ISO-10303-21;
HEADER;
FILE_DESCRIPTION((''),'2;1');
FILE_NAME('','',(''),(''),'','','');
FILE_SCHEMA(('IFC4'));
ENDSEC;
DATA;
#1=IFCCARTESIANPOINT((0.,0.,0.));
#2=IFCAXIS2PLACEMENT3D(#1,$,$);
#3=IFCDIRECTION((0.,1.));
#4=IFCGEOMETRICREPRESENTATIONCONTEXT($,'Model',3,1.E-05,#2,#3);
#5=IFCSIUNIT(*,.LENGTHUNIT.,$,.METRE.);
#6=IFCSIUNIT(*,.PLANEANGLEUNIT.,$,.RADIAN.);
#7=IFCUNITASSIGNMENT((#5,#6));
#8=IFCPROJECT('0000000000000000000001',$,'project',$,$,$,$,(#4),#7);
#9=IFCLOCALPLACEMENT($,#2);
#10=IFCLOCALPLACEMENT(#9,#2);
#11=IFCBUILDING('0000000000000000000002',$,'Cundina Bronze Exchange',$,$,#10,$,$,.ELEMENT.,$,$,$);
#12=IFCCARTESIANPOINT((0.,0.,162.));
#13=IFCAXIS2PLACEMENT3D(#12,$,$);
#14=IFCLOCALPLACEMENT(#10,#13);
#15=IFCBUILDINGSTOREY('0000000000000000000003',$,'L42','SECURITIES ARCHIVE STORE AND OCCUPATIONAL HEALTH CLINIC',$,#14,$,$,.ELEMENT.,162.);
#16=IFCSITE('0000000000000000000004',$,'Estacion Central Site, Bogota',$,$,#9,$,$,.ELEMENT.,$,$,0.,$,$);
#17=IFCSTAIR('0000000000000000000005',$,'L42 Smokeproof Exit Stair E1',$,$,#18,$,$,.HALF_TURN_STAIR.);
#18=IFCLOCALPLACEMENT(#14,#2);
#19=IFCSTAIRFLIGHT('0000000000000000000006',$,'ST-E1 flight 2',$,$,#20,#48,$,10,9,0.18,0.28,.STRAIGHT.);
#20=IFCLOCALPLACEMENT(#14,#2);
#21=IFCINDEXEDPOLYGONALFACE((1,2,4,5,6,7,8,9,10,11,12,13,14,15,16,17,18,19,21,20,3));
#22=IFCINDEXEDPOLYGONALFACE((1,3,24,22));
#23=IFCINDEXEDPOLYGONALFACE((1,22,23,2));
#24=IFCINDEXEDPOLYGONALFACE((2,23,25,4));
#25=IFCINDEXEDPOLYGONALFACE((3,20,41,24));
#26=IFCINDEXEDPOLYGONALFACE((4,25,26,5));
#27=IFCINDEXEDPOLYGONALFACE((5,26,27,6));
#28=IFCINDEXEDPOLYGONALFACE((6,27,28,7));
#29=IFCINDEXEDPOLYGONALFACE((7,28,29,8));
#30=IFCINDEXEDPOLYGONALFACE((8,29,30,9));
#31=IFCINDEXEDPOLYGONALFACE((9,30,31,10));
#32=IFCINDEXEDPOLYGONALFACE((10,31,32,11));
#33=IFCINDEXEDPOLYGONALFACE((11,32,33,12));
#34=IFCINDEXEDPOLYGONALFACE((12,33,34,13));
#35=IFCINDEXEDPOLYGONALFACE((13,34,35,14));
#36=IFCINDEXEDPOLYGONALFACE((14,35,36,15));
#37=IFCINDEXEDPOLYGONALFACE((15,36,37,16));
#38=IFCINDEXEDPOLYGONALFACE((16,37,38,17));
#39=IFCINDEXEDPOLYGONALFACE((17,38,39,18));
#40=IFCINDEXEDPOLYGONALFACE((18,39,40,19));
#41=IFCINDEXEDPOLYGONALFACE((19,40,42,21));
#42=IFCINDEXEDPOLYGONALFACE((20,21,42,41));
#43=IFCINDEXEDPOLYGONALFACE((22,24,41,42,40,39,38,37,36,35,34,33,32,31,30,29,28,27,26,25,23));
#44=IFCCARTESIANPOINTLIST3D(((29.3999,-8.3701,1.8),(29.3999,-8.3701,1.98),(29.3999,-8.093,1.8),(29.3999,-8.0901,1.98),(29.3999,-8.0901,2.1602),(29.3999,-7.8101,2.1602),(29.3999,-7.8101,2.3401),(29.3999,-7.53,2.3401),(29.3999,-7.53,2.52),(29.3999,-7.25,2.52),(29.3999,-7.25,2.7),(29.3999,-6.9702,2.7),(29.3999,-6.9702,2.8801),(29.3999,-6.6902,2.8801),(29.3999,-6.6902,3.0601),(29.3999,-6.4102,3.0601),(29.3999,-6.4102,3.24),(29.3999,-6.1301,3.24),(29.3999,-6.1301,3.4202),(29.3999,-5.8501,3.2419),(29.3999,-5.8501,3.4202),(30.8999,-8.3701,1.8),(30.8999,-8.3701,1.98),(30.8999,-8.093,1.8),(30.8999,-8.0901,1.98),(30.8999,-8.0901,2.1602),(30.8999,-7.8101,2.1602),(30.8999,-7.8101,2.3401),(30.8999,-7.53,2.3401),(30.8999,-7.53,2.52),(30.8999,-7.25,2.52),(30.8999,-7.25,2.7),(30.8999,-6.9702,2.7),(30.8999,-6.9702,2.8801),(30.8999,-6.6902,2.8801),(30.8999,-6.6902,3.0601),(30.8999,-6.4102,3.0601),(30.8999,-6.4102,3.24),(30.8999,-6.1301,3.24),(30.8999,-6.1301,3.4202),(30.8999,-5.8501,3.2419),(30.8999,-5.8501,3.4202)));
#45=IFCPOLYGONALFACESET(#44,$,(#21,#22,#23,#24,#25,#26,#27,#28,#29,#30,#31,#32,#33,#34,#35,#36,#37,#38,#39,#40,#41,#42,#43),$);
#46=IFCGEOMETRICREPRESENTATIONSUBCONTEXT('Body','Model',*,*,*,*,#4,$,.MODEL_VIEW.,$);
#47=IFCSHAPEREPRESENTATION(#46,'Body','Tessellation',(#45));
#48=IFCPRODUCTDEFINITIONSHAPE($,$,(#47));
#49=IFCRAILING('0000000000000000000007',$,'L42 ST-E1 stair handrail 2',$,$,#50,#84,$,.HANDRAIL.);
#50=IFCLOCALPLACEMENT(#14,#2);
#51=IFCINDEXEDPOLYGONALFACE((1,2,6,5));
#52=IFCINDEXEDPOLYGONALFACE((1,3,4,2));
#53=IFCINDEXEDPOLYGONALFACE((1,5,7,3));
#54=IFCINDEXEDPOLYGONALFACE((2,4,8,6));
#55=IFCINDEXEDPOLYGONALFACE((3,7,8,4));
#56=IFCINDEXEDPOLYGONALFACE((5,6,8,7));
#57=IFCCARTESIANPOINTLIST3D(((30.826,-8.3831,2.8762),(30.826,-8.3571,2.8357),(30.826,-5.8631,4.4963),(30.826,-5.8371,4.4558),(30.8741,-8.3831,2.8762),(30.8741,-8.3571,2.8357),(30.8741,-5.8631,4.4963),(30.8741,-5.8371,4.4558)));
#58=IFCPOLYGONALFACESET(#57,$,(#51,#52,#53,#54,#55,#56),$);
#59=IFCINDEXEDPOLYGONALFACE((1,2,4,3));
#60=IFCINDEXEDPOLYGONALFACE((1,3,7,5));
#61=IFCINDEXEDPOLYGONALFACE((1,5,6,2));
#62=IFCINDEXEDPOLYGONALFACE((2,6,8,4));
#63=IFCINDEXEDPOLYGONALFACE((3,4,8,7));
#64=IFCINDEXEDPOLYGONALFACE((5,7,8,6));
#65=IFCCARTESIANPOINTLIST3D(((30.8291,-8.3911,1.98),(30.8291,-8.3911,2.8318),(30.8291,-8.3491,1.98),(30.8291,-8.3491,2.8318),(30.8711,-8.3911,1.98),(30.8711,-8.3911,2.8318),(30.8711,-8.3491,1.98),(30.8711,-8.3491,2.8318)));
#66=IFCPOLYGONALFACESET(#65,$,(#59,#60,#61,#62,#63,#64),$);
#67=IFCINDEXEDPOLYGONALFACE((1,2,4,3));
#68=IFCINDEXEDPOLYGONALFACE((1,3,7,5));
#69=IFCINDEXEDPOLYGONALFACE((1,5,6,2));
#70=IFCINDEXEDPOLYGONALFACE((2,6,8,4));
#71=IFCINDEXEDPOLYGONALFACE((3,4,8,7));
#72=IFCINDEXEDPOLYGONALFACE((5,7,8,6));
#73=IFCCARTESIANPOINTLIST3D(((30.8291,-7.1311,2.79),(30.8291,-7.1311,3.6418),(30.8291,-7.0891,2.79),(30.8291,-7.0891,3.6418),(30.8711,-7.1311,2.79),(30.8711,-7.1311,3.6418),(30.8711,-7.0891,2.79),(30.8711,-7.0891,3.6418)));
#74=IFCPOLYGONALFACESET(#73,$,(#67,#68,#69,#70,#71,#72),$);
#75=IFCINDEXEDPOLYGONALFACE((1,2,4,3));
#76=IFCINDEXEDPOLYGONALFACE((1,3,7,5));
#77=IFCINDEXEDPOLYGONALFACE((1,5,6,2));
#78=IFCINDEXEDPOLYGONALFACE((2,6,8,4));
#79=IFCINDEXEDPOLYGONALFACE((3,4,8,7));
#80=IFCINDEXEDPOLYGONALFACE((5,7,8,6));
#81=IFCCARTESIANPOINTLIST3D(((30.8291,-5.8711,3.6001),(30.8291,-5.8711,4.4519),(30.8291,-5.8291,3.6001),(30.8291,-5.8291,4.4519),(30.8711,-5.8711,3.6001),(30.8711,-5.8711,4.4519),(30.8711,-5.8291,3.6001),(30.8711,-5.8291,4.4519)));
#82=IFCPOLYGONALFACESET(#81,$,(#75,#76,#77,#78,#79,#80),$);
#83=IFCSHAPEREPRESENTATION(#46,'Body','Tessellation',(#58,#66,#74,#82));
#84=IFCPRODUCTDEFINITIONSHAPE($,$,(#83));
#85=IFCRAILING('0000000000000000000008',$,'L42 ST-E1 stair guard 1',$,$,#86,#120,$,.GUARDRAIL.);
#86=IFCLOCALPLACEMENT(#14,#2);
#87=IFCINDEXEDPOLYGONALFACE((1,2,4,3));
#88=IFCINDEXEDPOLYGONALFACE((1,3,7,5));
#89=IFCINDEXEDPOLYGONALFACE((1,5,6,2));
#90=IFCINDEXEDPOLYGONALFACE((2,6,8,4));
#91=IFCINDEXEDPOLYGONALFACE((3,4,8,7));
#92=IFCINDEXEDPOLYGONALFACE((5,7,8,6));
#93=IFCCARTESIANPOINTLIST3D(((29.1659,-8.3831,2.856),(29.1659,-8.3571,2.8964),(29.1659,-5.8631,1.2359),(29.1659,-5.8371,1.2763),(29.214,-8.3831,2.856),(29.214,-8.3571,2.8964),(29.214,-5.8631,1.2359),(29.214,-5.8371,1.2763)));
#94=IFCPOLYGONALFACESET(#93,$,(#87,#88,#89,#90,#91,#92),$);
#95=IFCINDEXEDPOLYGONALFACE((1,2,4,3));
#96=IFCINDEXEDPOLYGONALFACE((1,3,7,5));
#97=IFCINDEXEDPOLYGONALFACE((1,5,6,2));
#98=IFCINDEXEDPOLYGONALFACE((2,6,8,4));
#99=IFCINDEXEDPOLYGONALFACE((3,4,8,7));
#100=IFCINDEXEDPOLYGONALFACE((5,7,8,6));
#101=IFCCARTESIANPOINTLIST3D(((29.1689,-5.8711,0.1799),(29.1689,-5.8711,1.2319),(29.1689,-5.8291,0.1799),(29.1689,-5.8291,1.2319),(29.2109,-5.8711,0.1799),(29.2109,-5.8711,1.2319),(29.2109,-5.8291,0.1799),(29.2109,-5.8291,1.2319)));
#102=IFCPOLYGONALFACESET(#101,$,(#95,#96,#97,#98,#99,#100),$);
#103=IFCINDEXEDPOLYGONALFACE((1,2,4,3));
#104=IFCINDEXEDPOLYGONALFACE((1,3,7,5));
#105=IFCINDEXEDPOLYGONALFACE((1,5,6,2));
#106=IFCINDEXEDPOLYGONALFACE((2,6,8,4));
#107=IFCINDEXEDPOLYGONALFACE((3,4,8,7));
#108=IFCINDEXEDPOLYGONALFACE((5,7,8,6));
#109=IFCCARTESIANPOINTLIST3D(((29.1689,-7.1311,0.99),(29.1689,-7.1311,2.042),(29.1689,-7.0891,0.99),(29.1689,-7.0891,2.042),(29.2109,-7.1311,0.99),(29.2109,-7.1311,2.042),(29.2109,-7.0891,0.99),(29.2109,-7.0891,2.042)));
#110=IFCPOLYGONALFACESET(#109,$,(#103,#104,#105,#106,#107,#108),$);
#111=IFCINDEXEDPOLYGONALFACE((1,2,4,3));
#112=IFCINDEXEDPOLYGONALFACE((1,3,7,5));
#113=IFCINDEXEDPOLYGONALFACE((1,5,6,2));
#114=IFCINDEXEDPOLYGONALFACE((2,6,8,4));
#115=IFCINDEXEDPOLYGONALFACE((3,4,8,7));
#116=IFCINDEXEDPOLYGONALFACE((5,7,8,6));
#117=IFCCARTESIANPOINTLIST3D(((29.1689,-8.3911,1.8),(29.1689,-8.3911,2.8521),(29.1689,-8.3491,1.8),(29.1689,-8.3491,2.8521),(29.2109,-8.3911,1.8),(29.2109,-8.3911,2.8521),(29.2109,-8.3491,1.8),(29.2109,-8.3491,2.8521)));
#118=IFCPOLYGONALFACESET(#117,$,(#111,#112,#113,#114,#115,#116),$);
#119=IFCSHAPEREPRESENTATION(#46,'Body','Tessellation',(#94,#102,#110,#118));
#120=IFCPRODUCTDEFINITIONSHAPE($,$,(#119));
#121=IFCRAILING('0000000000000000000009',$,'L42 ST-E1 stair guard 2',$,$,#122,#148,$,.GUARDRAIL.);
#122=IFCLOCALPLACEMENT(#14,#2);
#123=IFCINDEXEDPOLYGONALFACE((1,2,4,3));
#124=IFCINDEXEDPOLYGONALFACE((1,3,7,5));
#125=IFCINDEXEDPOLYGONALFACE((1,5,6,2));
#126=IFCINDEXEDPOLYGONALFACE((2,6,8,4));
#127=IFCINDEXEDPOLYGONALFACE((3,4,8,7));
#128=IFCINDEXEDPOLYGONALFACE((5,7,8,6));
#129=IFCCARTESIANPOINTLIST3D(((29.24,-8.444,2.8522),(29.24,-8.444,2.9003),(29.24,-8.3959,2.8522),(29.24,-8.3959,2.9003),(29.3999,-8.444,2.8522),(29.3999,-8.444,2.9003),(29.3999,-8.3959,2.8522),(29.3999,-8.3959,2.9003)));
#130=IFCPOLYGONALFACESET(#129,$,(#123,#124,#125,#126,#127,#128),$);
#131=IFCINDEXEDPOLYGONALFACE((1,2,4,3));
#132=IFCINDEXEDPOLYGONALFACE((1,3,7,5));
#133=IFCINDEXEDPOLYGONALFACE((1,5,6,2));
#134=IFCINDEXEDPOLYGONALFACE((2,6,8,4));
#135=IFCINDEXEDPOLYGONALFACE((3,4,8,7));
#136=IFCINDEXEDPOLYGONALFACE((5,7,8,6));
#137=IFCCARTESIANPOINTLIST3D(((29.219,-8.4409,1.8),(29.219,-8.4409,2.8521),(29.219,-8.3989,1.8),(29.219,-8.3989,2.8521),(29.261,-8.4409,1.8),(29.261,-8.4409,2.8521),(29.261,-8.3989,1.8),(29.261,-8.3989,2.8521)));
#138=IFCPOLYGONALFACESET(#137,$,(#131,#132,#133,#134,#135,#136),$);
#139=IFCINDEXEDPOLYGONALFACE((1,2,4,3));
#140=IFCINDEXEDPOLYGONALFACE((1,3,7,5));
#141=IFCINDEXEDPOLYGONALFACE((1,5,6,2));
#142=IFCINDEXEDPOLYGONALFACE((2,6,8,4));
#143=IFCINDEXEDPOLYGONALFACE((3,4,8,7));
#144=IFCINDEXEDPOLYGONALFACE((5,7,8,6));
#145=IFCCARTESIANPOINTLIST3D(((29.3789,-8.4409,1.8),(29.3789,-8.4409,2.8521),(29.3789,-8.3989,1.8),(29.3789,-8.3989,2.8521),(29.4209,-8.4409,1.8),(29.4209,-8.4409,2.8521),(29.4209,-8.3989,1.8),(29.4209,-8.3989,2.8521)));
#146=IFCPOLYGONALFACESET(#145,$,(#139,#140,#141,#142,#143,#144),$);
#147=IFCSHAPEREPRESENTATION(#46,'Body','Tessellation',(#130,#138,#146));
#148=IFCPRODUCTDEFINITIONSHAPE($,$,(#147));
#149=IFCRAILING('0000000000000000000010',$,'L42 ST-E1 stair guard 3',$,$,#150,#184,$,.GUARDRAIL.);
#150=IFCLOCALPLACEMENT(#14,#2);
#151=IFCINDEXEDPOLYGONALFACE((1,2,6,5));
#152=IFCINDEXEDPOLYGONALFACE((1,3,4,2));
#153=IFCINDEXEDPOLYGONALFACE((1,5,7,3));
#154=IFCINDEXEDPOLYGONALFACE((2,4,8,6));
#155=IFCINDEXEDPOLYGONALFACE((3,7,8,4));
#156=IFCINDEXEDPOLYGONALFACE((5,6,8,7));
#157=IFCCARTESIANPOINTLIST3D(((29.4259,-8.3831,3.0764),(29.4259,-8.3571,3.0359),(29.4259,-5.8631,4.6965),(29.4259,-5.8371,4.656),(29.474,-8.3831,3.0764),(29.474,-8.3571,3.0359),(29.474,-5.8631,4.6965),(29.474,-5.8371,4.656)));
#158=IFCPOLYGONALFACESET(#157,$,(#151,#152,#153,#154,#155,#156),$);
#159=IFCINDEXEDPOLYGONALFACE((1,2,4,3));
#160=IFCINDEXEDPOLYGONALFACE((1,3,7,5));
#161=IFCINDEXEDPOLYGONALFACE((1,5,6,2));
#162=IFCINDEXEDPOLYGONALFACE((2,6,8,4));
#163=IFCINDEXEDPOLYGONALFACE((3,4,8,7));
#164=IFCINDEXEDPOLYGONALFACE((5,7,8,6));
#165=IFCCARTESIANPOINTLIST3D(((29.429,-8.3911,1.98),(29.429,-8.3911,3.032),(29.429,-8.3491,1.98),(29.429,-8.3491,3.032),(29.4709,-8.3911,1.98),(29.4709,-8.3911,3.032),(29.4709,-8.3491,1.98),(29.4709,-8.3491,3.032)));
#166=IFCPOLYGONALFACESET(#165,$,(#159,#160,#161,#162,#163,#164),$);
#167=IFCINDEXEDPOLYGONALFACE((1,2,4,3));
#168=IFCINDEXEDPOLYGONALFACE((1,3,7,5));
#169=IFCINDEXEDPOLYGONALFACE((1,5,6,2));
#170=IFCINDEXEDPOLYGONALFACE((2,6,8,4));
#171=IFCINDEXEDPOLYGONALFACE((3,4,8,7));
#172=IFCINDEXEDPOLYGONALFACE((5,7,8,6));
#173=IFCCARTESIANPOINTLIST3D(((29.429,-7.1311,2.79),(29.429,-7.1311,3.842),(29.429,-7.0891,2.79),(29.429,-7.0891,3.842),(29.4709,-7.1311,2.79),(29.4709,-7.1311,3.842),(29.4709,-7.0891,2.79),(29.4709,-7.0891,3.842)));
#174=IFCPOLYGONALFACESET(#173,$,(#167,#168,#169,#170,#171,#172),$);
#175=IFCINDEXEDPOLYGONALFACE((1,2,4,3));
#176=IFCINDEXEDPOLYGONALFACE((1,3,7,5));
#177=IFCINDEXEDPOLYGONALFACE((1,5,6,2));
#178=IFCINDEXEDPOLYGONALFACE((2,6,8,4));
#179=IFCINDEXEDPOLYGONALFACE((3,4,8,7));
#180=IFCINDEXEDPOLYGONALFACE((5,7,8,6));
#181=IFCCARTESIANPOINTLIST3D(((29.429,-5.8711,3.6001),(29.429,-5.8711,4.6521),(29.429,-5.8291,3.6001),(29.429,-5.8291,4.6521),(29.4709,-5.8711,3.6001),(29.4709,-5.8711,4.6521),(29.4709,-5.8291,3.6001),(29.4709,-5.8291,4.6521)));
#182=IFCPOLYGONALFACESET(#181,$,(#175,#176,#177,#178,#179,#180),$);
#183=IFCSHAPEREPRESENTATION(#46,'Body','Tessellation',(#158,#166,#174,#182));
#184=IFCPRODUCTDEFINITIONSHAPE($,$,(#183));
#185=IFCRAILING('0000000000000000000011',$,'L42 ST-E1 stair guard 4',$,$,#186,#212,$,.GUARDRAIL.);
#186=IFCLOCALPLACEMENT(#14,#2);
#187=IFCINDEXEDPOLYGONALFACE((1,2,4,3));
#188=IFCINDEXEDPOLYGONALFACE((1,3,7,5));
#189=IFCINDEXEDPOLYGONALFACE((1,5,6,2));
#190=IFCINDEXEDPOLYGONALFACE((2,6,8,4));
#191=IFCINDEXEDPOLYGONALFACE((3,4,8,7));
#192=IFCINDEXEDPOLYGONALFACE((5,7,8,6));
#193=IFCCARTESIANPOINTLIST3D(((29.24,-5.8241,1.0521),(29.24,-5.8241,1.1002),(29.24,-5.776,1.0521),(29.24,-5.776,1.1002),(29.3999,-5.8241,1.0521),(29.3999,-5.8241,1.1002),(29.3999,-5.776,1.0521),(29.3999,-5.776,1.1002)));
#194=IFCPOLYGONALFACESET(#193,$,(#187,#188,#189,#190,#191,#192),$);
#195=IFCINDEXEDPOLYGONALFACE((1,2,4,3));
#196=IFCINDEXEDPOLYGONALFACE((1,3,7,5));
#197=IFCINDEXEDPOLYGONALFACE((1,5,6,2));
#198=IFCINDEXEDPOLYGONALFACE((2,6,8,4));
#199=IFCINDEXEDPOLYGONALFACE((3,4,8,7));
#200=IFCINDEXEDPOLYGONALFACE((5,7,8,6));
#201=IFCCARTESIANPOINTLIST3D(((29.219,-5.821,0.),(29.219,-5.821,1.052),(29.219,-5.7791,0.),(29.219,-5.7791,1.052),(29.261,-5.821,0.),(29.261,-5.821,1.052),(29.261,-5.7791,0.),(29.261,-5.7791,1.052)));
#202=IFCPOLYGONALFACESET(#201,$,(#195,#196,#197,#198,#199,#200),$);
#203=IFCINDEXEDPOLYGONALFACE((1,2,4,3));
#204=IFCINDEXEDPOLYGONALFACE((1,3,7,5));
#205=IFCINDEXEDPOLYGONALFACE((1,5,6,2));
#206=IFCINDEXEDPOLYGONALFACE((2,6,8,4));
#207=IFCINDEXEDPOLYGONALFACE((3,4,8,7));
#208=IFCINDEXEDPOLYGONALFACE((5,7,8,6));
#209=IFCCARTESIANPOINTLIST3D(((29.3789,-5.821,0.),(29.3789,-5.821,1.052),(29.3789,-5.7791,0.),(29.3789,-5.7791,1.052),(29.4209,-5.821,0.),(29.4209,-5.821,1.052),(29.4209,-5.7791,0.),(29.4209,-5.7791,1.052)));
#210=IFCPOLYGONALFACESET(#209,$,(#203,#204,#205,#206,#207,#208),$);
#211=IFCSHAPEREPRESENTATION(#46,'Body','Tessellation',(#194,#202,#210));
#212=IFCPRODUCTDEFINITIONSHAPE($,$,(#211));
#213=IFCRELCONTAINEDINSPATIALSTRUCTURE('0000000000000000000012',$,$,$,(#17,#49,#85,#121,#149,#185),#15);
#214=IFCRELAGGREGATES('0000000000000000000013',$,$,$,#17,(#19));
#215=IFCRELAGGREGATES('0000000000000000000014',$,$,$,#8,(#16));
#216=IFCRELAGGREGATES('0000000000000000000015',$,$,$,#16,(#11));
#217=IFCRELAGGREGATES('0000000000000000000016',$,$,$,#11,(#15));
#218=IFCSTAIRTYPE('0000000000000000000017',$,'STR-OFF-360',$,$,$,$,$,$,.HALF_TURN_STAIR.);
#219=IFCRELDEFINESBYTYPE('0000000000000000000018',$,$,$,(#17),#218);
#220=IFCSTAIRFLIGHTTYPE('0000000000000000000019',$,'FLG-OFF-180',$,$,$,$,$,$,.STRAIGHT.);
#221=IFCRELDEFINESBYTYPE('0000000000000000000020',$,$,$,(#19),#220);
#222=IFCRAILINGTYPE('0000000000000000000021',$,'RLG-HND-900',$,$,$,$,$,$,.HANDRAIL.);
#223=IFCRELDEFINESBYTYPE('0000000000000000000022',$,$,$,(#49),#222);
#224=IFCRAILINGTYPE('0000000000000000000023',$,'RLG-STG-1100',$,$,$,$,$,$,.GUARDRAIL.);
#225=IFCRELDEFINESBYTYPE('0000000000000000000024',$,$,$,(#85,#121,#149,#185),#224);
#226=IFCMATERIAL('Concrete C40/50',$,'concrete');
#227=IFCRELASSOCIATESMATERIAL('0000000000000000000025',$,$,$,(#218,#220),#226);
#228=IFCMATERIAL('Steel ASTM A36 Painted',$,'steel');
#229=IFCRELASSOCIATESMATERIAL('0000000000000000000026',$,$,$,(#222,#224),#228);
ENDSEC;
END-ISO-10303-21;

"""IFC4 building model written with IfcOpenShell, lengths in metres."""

from ifc_helpers import new_model, si_unit, direction, frame, origin, origin_2d, place, context, subcontext, project, spatial, polyline, rectangle, outline, extrude, material, type_object, element, aggregate, save


model = new_model("IFC4")

# Units and contexts
model_context = context("Model", 3, precision=1e-05, world=origin(), true_north=direction((0.0, 1.0)))
body_context = subcontext(model_context, "Body", "Model", "MODEL_VIEW")
ifc_project = project(units=[si_unit("LENGTHUNIT", "METRE"), si_unit("PLANEANGLEUNIT", "RADIAN")], contexts=[model_context])

# Site, building, storey
site_placement = place(None, origin())
site = spatial("IfcSite", under=ifc_project, at=site_placement, Name="Estacion Central Site, Bogota", CompositionType="ELEMENT", RefElevation=0.0)
building_placement = place(site_placement, origin())
building = spatial("IfcBuilding", under=site, at=building_placement, Name="Cundina Bronze Exchange", CompositionType="ELEMENT")
storey_placement = place(building_placement, frame((0.0, 0.0, 162.0)))
storey = spatial("IfcBuildingStorey", under=building, at=storey_placement, Name="L42", Description="SECURITIES ARCHIVE STORE AND OCCUPATIONAL HEALTH CLINIC", CompositionType="ELEMENT", Elevation=162.0)

# Stair, stair flight
ifc_material_1 = material(Name="Concrete C40/50", Category="concrete")
stair_type = type_object("IfcStairType", Name="STR-OFF-360", PredefinedType="HALF_TURN_STAIR", material=ifc_material_1)
stair_placement = place(storey_placement, origin())
stair = element("IfcStair", 1, at=stair_placement, inside=storey, type_object=stair_type, Name="L42 Smokeproof Exit Stair E1", PredefinedType="HALF_TURN_STAIR")
stair_flight_type = type_object("IfcStairFlightType", Name="FLG-OFF-180", PredefinedType="STRAIGHT", material=ifc_material_1)
stair_flight_placement = place(storey_placement, frame((30.1499, -8.3701, 1.8), z_axis=(0.0, 0.0, 1.0), x_axis=(0.0, 1.0, 0.0)))
stair_flight = element("IfcStairFlight", 2, at=stair_flight_placement, type_object=stair_flight_type, Name="ST-E1 flight 2", NumberOfRisers=10, NumberOfTreads=9, PredefinedType="STRAIGHT", RiserHeight=0.18, TreadLength=0.28, context=body_context, shape_type="SweptSolid", body=[
    extrude(outline(polyline([(0.0, 0.0), (0.0, 0.1799), (0.28, 0.1799), (0.28, 0.3601), (0.5601, 0.3601), (0.5601, 0.54), (0.8401, 0.54), (0.8401, 0.72), (1.1201, 0.72), (1.1201, 0.8999), (1.3999, 0.8999), (1.3999, 1.0801), (1.6799, 1.0801), (1.6799, 1.26), (1.96, 1.26), (1.96, 1.4399), (2.24, 1.4399), (2.24, 1.6201), (2.52, 1.6201), (2.52, 1.8), (2.52, 1.4419), (0.2771, 0.0), (0.0, 0.0)])), frame((0.0, 0.75, 0.0), z_axis=(0.0, -1.0, 0.0), x_axis=(1.0, 0.0, 0.0)), (0.0, 0.0, 1.0), 1.5),
])
aggregate(stair, [stair_flight])

# Railings
ifc_material_2 = material(Name="Steel ASTM A36 Painted", Category="steel")
railing_type_1 = type_object("IfcRailingType", Name="RLG-HND-900", PredefinedType="HANDRAIL", material=ifc_material_2)
railing_1_placement = place(storey_placement, frame((30.8501, -8.3701, 1.98)))
element("IfcRailing", 3, at=railing_1_placement, inside=storey, type_object=railing_type_1, Name="L42 ST-E1 stair handrail 2", PredefinedType="HANDRAIL", context=body_context, shape_type="SweptSolid", body=[
    extrude(rectangle(XDim=0.0481, YDim=0.0481, at=origin_2d()), frame((0.0, 0.0, 0.876), z_axis=(0.0, 0.841163, 0.540782), x_axis=(-1.0, 0.0, 0.0)), (0.0, 0.0, 1.0), 2.9958),
    extrude(rectangle(XDim=0.042, YDim=0.042, at=origin_2d()), origin(), (0.0, 0.0, 1.0), 0.8518),
    extrude(rectangle(XDim=0.042, YDim=0.042, at=origin_2d()), frame((0.0, 1.26, 0.8101)), (0.0, 0.0, 1.0), 0.8518),
    extrude(rectangle(XDim=0.042, YDim=0.042, at=origin_2d()), frame((0.0, 2.52, 1.6201)), (0.0, 0.0, 1.0), 0.8518),
])
railing_type_2 = type_object("IfcRailingType", Name="RLG-STG-1100", PredefinedType="GUARDRAIL", material=ifc_material_2)
railing_2_placement = place(storey_placement, frame((29.1899, -5.8501, 0.1799)))
element("IfcRailing", 4, at=railing_2_placement, inside=storey, type_object=railing_type_2, Name="L42 ST-E1 stair guard 1", PredefinedType="GUARDRAIL", context=body_context, shape_type="SweptSolid", body=[
    extrude(rectangle(XDim=0.0481, YDim=0.0481, at=origin_2d()), frame((0.0, 0.0, 1.0762), z_axis=(0.0, -0.841163, 0.540782), x_axis=(1.0, 0.0, 0.0)), (0.0, 0.0, 1.0), 2.9958),
    extrude(rectangle(XDim=0.042, YDim=0.042, at=origin_2d()), origin(), (0.0, 0.0, 1.0), 1.052),
    extrude(rectangle(XDim=0.042, YDim=0.042, at=origin_2d()), frame((0.0, -1.26, 0.8101)), (0.0, 0.0, 1.0), 1.052),
    extrude(rectangle(XDim=0.042, YDim=0.042, at=origin_2d()), frame((0.0, -2.52, 1.6201)), (0.0, 0.0, 1.0), 1.052),
])
railing_3_placement = place(storey_placement, frame((29.24, -8.4199, 1.8)))
element("IfcRailing", 5, at=railing_3_placement, inside=storey, type_object=railing_type_2, Name="L42 ST-E1 stair guard 2", PredefinedType="GUARDRAIL", context=body_context, shape_type="SweptSolid", body=[
    extrude(rectangle(XDim=0.0481, YDim=0.0481, at=origin_2d()), frame((0.0, 0.0, 1.0762), z_axis=(1.0, 0.0, 0.0), x_axis=(0.0, 1.0, 0.0)), (0.0, 0.0, 1.0), 0.1599),
    extrude(rectangle(XDim=0.042, YDim=0.042, at=origin_2d()), origin(), (0.0, 0.0, 1.0), 1.052),
    extrude(rectangle(XDim=0.042, YDim=0.042, at=origin_2d()), frame((0.1599, 0.0, 0.0)), (0.0, 0.0, 1.0), 1.052),
])
railing_4_placement = place(storey_placement, frame((29.45, -8.3701, 1.98)))
element("IfcRailing", 6, at=railing_4_placement, inside=storey, type_object=railing_type_2, Name="L42 ST-E1 stair guard 3", PredefinedType="GUARDRAIL", context=body_context, shape_type="SweptSolid", body=[
    extrude(rectangle(XDim=0.0481, YDim=0.0481, at=origin_2d()), frame((0.0, 0.0, 1.0762), z_axis=(0.0, 0.841163, 0.540782), x_axis=(-1.0, 0.0, 0.0)), (0.0, 0.0, 1.0), 2.9958),
    extrude(rectangle(XDim=0.042, YDim=0.042, at=origin_2d()), origin(), (0.0, 0.0, 1.0), 1.052),
    extrude(rectangle(XDim=0.042, YDim=0.042, at=origin_2d()), frame((0.0, 1.26, 0.8101)), (0.0, 0.0, 1.0), 1.052),
    extrude(rectangle(XDim=0.042, YDim=0.042, at=origin_2d()), frame((0.0, 2.52, 1.6201)), (0.0, 0.0, 1.0), 1.052),
])
railing_5_placement = place(storey_placement, frame((29.24, -5.8, 0.0)))
element("IfcRailing", 7, at=railing_5_placement, inside=storey, type_object=railing_type_2, Name="L42 ST-E1 stair guard 4", PredefinedType="GUARDRAIL", context=body_context, shape_type="SweptSolid", body=[
    extrude(rectangle(XDim=0.0481, YDim=0.0481, at=origin_2d()), frame((0.0, 0.0, 1.0762), z_axis=(1.0, 0.0, 0.0), x_axis=(0.0, 1.0, 0.0)), (0.0, 0.0, 1.0), 0.1599),
    extrude(rectangle(XDim=0.042, YDim=0.042, at=origin_2d()), origin(), (0.0, 0.0, 1.0), 1.052),
    extrude(rectangle(XDim=0.042, YDim=0.042, at=origin_2d()), frame((0.1599, 0.0, 0.0)), (0.0, 0.0, 1.0), 1.052),
])

save(model, "model.ifc")
